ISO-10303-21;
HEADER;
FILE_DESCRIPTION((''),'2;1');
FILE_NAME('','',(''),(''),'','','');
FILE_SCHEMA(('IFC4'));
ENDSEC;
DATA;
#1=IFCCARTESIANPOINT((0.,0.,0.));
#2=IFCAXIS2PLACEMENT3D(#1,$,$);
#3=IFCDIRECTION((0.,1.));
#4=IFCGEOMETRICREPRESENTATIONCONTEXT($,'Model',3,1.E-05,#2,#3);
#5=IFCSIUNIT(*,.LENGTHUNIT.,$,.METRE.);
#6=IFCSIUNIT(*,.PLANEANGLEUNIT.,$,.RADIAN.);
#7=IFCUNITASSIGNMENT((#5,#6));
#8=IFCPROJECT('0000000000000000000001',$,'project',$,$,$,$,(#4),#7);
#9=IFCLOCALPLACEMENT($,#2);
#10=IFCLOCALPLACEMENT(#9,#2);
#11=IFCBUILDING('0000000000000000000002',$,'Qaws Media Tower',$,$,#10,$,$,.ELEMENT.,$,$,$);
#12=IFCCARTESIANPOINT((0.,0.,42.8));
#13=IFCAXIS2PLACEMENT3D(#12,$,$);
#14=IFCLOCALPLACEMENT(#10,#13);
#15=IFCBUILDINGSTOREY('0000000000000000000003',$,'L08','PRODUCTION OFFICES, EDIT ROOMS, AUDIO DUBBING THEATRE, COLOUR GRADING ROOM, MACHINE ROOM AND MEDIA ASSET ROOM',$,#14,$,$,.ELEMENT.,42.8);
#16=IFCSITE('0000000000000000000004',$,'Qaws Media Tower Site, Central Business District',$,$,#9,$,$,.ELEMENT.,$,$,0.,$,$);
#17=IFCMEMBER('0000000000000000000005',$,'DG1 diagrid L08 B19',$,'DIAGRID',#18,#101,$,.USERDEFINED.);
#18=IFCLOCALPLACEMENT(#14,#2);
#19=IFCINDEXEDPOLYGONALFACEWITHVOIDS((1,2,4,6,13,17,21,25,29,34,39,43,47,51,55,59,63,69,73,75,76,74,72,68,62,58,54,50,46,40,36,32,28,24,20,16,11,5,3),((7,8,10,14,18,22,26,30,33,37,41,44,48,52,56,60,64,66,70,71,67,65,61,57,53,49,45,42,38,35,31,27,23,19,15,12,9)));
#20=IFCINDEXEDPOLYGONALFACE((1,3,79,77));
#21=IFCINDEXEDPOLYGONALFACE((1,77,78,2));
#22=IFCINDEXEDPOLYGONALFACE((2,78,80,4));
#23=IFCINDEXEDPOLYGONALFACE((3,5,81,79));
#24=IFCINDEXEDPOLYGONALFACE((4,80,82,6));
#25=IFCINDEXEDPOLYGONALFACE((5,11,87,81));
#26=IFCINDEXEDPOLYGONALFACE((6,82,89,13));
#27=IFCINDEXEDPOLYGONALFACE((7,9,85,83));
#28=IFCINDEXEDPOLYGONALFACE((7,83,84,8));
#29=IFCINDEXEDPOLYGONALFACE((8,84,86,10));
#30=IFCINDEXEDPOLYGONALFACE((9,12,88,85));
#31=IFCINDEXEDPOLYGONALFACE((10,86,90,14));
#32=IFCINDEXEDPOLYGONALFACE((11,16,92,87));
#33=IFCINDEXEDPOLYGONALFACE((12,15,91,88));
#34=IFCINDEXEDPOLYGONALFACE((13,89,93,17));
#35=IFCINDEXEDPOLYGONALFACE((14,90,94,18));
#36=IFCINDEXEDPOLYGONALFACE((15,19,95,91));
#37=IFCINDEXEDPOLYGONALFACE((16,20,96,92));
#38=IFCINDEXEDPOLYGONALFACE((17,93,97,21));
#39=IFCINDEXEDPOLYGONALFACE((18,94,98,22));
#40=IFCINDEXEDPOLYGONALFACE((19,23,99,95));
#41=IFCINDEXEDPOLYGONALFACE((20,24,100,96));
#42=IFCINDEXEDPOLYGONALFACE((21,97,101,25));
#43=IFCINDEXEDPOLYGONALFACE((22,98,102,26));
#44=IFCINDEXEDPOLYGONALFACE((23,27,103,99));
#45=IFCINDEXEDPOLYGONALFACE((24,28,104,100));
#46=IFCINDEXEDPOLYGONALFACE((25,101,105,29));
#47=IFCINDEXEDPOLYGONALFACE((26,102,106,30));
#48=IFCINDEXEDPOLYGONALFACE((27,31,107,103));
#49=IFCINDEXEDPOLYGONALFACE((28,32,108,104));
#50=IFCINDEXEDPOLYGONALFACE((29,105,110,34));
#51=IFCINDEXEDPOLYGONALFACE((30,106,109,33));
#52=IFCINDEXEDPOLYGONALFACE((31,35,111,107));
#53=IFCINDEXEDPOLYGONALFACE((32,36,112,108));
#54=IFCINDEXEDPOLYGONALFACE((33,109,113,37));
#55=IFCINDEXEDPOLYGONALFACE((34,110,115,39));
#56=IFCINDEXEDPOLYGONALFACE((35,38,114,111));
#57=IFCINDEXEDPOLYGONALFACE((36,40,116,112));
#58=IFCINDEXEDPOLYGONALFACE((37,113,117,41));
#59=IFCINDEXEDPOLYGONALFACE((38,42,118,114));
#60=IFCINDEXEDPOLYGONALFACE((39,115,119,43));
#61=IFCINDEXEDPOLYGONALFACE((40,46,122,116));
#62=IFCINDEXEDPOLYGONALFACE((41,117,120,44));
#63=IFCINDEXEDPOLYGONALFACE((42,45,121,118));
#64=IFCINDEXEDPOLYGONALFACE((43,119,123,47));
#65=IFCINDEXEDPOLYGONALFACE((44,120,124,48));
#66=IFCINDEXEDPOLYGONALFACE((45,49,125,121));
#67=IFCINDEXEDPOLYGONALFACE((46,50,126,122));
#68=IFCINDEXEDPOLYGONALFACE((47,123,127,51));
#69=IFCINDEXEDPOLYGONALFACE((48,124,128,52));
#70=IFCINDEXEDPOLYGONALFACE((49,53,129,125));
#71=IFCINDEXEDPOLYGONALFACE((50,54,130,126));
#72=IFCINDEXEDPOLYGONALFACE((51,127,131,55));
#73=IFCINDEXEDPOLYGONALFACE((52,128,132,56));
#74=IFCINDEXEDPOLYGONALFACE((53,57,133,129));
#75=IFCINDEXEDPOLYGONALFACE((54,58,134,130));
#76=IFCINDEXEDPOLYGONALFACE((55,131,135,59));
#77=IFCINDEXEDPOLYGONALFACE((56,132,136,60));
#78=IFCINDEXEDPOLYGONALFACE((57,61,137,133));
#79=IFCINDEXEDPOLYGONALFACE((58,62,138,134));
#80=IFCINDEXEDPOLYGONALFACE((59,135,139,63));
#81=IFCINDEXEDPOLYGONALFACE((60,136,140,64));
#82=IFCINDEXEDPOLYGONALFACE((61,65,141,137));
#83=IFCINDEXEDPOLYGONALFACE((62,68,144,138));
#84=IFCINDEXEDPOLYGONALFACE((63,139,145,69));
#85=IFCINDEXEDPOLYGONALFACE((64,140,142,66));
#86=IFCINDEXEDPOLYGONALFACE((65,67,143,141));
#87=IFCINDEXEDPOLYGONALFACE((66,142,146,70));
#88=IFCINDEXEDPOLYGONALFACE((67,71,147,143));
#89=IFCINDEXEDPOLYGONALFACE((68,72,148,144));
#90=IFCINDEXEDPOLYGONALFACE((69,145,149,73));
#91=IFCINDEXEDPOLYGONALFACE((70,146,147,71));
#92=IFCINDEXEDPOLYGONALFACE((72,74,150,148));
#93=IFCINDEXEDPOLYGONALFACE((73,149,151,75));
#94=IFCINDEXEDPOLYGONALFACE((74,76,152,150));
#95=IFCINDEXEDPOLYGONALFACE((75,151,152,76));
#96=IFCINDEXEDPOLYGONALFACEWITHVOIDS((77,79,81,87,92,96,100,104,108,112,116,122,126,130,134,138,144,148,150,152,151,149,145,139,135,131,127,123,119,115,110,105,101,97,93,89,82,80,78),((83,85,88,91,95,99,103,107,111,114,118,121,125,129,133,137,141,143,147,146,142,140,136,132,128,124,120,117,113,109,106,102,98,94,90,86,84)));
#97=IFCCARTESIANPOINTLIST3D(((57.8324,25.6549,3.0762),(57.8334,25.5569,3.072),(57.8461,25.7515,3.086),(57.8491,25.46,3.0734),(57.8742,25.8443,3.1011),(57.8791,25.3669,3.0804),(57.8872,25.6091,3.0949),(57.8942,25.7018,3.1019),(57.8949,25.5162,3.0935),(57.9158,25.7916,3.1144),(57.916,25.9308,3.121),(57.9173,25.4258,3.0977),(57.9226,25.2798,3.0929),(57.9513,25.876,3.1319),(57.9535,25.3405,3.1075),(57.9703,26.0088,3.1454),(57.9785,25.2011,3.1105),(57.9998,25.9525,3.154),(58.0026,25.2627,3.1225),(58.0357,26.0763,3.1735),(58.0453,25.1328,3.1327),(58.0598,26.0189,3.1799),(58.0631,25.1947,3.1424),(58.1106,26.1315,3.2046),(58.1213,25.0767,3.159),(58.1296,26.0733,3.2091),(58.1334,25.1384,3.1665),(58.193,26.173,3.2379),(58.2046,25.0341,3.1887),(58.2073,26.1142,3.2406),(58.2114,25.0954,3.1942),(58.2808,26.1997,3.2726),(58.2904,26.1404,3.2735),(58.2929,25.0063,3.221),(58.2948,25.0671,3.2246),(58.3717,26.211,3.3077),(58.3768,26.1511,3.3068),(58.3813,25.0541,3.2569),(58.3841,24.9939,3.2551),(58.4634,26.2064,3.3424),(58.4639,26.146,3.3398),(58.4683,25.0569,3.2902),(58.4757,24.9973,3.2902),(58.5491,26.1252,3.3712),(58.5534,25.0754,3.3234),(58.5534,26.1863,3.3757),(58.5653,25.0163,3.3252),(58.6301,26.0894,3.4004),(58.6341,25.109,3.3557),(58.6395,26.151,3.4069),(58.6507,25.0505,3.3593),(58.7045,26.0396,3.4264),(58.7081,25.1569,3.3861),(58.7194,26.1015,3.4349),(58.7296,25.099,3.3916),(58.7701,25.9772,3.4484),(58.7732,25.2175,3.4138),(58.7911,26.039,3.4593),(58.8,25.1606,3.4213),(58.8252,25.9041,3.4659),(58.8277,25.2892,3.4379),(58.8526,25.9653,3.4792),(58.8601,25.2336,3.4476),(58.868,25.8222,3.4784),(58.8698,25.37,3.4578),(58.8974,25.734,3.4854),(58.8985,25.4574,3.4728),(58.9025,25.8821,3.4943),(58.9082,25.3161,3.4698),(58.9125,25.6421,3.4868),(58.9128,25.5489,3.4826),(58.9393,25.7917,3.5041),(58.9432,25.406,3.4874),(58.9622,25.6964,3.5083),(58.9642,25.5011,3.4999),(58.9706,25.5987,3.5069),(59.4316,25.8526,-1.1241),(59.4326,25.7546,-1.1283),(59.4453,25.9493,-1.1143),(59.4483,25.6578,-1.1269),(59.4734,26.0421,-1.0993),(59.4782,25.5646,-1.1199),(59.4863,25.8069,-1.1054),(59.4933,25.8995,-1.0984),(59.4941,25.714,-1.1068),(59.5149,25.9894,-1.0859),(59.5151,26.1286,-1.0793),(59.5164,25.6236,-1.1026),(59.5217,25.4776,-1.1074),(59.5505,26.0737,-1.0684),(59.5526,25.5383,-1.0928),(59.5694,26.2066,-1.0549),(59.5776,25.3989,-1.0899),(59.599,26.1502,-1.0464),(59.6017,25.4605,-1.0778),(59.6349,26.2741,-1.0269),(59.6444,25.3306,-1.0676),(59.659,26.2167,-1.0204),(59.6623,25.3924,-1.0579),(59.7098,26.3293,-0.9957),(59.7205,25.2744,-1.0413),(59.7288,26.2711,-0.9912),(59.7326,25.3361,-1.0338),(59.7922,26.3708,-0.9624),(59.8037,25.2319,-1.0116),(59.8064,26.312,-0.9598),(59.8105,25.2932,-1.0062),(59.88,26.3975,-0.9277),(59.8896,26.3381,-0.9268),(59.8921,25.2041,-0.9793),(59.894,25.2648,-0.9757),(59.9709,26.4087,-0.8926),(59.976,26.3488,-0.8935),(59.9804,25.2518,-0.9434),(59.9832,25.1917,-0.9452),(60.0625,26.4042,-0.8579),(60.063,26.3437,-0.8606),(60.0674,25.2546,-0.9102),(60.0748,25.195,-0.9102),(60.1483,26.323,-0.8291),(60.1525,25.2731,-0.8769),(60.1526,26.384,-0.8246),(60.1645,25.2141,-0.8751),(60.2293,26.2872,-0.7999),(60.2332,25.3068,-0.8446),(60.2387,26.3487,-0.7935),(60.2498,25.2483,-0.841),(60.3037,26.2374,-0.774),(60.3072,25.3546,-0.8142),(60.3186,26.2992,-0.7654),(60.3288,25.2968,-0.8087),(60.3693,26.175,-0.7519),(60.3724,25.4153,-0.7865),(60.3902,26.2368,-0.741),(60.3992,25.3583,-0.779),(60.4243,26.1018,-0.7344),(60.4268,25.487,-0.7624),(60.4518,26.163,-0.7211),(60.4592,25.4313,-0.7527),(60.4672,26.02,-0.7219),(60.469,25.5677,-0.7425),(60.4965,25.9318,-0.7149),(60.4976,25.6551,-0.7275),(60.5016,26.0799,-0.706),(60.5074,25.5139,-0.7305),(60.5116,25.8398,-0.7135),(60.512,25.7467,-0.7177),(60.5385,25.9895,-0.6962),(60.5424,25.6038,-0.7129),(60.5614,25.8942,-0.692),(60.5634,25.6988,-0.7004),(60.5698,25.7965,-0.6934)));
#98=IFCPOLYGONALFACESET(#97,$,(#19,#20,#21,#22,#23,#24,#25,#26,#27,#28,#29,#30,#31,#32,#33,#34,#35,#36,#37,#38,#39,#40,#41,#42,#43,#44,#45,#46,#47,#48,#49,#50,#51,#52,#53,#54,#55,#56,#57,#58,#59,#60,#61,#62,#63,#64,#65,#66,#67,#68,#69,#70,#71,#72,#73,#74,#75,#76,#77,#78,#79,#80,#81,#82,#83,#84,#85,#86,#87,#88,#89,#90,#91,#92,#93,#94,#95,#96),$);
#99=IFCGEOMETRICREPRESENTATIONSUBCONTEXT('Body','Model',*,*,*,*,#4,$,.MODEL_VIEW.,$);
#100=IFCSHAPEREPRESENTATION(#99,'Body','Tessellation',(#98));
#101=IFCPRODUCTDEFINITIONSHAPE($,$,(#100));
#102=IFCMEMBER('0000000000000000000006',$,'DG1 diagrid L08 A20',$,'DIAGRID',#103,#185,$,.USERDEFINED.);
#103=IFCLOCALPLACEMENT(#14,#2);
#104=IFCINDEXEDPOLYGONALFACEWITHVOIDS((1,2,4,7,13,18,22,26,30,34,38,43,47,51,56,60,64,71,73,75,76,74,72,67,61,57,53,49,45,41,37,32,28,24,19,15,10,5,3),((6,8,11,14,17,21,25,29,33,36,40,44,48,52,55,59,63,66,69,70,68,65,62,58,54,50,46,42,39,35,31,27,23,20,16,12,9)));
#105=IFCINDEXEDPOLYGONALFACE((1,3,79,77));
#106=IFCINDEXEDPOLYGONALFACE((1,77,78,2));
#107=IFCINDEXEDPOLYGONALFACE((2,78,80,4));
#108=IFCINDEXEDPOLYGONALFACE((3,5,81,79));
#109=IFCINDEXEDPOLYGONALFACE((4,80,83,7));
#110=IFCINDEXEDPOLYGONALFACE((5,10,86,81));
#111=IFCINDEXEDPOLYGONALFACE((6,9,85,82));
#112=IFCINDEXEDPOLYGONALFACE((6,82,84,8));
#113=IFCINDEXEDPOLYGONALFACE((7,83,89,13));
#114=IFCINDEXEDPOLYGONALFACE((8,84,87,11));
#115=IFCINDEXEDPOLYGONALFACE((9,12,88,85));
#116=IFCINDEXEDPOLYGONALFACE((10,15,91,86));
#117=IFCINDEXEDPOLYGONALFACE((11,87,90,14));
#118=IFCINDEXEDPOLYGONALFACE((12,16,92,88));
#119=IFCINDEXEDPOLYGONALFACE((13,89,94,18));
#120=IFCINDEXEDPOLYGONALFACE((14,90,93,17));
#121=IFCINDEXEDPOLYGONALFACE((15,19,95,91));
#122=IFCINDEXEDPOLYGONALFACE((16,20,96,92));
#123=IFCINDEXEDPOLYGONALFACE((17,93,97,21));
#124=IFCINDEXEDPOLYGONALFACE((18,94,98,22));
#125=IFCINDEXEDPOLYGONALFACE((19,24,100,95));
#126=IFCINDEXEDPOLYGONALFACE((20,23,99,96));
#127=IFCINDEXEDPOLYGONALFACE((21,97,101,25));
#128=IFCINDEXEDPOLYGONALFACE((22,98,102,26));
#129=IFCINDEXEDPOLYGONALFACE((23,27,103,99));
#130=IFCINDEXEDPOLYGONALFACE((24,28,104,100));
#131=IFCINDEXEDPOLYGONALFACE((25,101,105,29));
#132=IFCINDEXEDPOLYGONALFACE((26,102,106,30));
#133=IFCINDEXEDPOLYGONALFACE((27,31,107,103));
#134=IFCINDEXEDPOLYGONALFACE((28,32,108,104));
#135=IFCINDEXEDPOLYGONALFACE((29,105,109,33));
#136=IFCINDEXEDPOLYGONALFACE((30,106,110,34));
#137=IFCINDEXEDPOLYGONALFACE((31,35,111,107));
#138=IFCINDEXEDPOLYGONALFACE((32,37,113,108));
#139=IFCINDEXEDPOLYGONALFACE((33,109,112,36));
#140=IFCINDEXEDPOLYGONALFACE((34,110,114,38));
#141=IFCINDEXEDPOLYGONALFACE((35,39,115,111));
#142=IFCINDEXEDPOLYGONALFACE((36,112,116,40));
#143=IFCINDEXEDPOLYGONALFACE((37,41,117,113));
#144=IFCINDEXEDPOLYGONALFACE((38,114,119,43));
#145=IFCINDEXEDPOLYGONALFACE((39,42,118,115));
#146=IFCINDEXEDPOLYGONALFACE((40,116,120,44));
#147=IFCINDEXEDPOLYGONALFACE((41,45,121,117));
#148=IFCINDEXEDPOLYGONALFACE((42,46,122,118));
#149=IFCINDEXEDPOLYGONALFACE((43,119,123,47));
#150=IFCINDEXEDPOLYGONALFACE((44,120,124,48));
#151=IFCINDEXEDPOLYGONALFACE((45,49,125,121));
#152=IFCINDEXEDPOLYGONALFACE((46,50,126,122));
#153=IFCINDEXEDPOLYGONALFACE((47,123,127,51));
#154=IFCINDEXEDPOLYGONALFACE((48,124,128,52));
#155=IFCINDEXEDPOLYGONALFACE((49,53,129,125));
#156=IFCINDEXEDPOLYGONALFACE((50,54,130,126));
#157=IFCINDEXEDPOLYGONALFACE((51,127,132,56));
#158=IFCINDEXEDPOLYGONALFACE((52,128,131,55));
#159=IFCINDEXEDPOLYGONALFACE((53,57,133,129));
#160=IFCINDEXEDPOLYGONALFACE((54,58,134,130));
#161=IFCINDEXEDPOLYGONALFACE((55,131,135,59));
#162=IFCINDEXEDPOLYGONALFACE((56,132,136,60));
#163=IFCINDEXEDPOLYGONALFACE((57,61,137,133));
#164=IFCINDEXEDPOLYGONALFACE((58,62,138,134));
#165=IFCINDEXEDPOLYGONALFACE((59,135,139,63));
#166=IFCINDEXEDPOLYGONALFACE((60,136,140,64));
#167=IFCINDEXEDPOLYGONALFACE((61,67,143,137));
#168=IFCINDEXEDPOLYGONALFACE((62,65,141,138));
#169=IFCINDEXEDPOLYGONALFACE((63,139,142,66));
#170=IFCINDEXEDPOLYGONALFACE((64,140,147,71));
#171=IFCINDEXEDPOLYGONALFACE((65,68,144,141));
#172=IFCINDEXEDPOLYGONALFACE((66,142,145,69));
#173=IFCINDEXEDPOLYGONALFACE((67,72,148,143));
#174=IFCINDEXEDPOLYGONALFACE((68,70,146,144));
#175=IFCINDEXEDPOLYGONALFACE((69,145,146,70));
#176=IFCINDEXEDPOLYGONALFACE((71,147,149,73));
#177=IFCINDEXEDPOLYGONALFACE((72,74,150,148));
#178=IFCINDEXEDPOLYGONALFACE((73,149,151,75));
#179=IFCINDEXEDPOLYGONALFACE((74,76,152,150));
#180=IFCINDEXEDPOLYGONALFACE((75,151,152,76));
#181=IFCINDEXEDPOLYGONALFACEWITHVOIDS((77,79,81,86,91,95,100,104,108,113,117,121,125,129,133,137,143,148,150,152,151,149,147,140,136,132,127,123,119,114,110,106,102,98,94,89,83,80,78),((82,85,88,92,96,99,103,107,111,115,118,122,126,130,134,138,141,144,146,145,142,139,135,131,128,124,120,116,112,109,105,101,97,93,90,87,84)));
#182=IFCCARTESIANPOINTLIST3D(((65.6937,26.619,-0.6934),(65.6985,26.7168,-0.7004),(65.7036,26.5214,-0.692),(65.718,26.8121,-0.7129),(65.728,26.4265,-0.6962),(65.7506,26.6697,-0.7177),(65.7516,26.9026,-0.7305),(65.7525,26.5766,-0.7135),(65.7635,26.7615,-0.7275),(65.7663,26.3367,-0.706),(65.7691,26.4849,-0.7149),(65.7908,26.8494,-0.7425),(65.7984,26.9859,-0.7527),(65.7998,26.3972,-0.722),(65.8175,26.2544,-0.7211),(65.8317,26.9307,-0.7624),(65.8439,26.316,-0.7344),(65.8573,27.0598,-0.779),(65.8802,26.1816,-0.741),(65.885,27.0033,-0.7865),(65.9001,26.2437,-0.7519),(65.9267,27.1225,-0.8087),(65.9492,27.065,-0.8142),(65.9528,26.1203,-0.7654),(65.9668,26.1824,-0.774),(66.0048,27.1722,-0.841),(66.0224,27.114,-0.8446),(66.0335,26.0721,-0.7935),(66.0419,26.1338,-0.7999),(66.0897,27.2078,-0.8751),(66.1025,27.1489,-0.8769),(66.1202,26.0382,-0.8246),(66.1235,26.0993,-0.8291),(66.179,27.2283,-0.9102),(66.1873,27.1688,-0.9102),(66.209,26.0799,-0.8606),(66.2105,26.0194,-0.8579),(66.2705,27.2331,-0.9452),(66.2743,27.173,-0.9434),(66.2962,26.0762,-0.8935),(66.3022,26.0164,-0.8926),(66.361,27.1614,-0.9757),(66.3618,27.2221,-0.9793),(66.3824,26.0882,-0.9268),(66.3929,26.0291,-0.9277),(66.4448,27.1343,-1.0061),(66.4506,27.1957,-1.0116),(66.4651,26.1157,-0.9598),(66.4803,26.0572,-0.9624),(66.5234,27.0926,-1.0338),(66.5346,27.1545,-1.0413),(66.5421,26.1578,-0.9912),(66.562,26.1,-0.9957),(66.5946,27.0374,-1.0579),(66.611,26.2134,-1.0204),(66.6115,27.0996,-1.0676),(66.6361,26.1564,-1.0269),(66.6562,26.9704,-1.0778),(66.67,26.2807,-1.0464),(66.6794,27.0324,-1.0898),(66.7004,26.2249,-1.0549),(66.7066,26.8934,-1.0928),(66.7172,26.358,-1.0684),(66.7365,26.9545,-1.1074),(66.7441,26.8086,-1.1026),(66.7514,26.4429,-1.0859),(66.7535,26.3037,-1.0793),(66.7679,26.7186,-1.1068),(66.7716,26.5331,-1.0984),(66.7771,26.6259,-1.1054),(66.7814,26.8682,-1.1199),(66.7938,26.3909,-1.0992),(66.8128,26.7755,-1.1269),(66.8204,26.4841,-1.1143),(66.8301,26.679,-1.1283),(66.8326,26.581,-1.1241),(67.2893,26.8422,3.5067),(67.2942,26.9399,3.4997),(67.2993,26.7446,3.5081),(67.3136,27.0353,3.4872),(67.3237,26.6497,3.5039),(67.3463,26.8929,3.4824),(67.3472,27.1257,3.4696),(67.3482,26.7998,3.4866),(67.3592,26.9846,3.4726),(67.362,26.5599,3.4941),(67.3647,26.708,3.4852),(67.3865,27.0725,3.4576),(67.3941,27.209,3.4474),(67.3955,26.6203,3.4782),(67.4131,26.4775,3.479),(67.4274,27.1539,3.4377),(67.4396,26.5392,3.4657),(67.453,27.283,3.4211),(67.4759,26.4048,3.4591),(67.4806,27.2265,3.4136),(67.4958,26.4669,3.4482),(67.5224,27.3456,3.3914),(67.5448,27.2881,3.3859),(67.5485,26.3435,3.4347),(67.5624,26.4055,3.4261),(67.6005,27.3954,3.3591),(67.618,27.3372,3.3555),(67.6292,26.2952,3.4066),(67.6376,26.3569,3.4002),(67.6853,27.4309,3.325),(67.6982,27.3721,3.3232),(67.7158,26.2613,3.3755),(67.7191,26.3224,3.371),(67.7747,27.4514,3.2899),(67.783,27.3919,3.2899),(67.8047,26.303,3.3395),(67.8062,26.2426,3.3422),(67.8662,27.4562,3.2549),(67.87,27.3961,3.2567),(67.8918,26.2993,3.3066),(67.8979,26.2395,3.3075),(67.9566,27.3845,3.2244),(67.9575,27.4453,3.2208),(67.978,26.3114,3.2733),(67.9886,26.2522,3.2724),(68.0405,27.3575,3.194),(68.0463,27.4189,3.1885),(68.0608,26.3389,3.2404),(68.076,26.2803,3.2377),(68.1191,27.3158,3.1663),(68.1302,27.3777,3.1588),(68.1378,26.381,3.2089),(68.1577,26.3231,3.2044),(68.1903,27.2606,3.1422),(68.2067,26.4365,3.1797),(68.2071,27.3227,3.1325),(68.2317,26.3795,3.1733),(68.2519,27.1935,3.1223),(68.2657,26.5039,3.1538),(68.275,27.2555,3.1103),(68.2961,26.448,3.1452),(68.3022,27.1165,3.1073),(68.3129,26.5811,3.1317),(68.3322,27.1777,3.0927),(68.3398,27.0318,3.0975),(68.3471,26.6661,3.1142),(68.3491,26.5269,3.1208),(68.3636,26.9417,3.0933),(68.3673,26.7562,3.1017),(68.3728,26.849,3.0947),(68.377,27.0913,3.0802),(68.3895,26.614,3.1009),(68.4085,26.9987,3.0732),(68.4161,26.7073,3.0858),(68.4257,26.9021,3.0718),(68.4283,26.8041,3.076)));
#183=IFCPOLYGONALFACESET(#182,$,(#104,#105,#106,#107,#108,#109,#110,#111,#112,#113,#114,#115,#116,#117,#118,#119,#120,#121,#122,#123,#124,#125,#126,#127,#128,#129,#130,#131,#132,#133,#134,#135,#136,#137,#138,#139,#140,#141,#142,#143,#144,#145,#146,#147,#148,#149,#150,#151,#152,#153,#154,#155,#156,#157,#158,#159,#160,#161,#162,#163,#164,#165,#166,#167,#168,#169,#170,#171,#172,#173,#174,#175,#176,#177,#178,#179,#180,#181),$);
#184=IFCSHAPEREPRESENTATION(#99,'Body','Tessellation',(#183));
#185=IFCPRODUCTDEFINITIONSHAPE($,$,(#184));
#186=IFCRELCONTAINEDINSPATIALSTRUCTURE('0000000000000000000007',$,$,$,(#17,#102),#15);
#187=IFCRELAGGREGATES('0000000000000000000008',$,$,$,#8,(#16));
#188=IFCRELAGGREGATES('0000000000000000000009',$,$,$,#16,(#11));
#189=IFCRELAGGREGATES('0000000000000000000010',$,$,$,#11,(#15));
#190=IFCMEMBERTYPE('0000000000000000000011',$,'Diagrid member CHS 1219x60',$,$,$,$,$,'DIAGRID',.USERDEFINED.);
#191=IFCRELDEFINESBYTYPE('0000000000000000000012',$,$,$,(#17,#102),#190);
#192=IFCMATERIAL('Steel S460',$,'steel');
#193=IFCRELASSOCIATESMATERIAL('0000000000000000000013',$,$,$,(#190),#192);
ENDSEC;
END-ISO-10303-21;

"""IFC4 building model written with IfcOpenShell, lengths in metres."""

from ifc_helpers import new_model, si_unit, direction, frame, origin, origin_2d, place, context, subcontext, project, spatial, hollow_circle, extrude, material, material_profile, profile_set, type_object, element, save


model = new_model("IFC4")

# Units and contexts
model_context = context("Model", 3, precision=1e-05, world=origin(), true_north=direction((0.0, 1.0)))
body_context = subcontext(model_context, "Body", "Model", "MODEL_VIEW")
ifc_project = project(units=[si_unit("LENGTHUNIT", "METRE"), si_unit("PLANEANGLEUNIT", "RADIAN")], contexts=[model_context])

# Site, building, storey
site_placement = place(None, origin())
site = spatial("IfcSite", under=ifc_project, at=site_placement, Name="Qaws Media Tower Site, Central Business District", CompositionType="ELEMENT", RefElevation=0.0)
building_placement = place(site_placement, origin())
building = spatial("IfcBuilding", under=site, at=building_placement, Name="Qaws Media Tower", CompositionType="ELEMENT")
storey_placement = place(building_placement, frame((0.0, 0.0, 42.8)))
storey = spatial("IfcBuildingStorey", under=building, at=storey_placement, Name="L08", Description="PRODUCTION OFFICES, EDIT ROOMS, AUDIO DUBBING THEATRE, COLOUR GRADING ROOM, MACHINE ROOM AND MEDIA ASSET ROOM", CompositionType="ELEMENT", Elevation=42.8)

# Members
ifc_material_1 = material(Name="Steel S460", Category="steel")
ifc_material_profile_1 = material_profile(ifc_material_1, hollow_circle(Radius=0.6096, WallThickness=0.0601, at=origin_2d()), Name="CHS 1219x60")
ifc_profile_set_1 = profile_set([ifc_material_profile_1], Name="Steel S460")
member_type_1 = type_object("IfcMemberType", Name="Diagrid member CHS 1219x60", ElementType="DIAGRID", PredefinedType="USERDEFINED", material=ifc_profile_set_1)
for number, where, z_axis, x_axis, name in (
    (1, (60.0, 25.8, -0.9102), (-0.355466, -0.043958, 0.933655), (0.122729, -0.99244, 0.0), "DG1 diagrid L08 B19"),
):
    element("IfcMember", number, at=place(storey_placement, frame(where, z_axis=z_axis, x_axis=x_axis)), inside=storey, type_object=member_type_1, Name=name, ObjectType="DIAGRID", PredefinedType="USERDEFINED", context=body_context, shape_type="SweptSolid", body=[
        extrude(hollow_circle(Radius=0.6096, WallThickness=0.0601, at=origin_2d()), origin(), (0.0, 0.0, 1.0), 4.4988),
    ])
for number, where, z_axis, x_axis, name in (
    (2, (66.2634, 26.6245, -0.9102), (0.354708, 0.049603, 0.93366), (-0.138493, 0.990363, 0.0), "DG1 diagrid L08 A20"),
):
    element("IfcMember", number, at=place(storey_placement, frame(where, z_axis=z_axis, x_axis=x_axis)), inside=storey, type_object=member_type_1, Name=name, ObjectType="DIAGRID", PredefinedType="USERDEFINED", context=body_context, shape_type="SweptSolid", body=[
        extrude(hollow_circle(Radius=0.6096, WallThickness=0.0601, at=origin_2d()), origin(), (0.0, 0.0, 1.0), 4.4985),
    ])

save(model, "model.ifc")
